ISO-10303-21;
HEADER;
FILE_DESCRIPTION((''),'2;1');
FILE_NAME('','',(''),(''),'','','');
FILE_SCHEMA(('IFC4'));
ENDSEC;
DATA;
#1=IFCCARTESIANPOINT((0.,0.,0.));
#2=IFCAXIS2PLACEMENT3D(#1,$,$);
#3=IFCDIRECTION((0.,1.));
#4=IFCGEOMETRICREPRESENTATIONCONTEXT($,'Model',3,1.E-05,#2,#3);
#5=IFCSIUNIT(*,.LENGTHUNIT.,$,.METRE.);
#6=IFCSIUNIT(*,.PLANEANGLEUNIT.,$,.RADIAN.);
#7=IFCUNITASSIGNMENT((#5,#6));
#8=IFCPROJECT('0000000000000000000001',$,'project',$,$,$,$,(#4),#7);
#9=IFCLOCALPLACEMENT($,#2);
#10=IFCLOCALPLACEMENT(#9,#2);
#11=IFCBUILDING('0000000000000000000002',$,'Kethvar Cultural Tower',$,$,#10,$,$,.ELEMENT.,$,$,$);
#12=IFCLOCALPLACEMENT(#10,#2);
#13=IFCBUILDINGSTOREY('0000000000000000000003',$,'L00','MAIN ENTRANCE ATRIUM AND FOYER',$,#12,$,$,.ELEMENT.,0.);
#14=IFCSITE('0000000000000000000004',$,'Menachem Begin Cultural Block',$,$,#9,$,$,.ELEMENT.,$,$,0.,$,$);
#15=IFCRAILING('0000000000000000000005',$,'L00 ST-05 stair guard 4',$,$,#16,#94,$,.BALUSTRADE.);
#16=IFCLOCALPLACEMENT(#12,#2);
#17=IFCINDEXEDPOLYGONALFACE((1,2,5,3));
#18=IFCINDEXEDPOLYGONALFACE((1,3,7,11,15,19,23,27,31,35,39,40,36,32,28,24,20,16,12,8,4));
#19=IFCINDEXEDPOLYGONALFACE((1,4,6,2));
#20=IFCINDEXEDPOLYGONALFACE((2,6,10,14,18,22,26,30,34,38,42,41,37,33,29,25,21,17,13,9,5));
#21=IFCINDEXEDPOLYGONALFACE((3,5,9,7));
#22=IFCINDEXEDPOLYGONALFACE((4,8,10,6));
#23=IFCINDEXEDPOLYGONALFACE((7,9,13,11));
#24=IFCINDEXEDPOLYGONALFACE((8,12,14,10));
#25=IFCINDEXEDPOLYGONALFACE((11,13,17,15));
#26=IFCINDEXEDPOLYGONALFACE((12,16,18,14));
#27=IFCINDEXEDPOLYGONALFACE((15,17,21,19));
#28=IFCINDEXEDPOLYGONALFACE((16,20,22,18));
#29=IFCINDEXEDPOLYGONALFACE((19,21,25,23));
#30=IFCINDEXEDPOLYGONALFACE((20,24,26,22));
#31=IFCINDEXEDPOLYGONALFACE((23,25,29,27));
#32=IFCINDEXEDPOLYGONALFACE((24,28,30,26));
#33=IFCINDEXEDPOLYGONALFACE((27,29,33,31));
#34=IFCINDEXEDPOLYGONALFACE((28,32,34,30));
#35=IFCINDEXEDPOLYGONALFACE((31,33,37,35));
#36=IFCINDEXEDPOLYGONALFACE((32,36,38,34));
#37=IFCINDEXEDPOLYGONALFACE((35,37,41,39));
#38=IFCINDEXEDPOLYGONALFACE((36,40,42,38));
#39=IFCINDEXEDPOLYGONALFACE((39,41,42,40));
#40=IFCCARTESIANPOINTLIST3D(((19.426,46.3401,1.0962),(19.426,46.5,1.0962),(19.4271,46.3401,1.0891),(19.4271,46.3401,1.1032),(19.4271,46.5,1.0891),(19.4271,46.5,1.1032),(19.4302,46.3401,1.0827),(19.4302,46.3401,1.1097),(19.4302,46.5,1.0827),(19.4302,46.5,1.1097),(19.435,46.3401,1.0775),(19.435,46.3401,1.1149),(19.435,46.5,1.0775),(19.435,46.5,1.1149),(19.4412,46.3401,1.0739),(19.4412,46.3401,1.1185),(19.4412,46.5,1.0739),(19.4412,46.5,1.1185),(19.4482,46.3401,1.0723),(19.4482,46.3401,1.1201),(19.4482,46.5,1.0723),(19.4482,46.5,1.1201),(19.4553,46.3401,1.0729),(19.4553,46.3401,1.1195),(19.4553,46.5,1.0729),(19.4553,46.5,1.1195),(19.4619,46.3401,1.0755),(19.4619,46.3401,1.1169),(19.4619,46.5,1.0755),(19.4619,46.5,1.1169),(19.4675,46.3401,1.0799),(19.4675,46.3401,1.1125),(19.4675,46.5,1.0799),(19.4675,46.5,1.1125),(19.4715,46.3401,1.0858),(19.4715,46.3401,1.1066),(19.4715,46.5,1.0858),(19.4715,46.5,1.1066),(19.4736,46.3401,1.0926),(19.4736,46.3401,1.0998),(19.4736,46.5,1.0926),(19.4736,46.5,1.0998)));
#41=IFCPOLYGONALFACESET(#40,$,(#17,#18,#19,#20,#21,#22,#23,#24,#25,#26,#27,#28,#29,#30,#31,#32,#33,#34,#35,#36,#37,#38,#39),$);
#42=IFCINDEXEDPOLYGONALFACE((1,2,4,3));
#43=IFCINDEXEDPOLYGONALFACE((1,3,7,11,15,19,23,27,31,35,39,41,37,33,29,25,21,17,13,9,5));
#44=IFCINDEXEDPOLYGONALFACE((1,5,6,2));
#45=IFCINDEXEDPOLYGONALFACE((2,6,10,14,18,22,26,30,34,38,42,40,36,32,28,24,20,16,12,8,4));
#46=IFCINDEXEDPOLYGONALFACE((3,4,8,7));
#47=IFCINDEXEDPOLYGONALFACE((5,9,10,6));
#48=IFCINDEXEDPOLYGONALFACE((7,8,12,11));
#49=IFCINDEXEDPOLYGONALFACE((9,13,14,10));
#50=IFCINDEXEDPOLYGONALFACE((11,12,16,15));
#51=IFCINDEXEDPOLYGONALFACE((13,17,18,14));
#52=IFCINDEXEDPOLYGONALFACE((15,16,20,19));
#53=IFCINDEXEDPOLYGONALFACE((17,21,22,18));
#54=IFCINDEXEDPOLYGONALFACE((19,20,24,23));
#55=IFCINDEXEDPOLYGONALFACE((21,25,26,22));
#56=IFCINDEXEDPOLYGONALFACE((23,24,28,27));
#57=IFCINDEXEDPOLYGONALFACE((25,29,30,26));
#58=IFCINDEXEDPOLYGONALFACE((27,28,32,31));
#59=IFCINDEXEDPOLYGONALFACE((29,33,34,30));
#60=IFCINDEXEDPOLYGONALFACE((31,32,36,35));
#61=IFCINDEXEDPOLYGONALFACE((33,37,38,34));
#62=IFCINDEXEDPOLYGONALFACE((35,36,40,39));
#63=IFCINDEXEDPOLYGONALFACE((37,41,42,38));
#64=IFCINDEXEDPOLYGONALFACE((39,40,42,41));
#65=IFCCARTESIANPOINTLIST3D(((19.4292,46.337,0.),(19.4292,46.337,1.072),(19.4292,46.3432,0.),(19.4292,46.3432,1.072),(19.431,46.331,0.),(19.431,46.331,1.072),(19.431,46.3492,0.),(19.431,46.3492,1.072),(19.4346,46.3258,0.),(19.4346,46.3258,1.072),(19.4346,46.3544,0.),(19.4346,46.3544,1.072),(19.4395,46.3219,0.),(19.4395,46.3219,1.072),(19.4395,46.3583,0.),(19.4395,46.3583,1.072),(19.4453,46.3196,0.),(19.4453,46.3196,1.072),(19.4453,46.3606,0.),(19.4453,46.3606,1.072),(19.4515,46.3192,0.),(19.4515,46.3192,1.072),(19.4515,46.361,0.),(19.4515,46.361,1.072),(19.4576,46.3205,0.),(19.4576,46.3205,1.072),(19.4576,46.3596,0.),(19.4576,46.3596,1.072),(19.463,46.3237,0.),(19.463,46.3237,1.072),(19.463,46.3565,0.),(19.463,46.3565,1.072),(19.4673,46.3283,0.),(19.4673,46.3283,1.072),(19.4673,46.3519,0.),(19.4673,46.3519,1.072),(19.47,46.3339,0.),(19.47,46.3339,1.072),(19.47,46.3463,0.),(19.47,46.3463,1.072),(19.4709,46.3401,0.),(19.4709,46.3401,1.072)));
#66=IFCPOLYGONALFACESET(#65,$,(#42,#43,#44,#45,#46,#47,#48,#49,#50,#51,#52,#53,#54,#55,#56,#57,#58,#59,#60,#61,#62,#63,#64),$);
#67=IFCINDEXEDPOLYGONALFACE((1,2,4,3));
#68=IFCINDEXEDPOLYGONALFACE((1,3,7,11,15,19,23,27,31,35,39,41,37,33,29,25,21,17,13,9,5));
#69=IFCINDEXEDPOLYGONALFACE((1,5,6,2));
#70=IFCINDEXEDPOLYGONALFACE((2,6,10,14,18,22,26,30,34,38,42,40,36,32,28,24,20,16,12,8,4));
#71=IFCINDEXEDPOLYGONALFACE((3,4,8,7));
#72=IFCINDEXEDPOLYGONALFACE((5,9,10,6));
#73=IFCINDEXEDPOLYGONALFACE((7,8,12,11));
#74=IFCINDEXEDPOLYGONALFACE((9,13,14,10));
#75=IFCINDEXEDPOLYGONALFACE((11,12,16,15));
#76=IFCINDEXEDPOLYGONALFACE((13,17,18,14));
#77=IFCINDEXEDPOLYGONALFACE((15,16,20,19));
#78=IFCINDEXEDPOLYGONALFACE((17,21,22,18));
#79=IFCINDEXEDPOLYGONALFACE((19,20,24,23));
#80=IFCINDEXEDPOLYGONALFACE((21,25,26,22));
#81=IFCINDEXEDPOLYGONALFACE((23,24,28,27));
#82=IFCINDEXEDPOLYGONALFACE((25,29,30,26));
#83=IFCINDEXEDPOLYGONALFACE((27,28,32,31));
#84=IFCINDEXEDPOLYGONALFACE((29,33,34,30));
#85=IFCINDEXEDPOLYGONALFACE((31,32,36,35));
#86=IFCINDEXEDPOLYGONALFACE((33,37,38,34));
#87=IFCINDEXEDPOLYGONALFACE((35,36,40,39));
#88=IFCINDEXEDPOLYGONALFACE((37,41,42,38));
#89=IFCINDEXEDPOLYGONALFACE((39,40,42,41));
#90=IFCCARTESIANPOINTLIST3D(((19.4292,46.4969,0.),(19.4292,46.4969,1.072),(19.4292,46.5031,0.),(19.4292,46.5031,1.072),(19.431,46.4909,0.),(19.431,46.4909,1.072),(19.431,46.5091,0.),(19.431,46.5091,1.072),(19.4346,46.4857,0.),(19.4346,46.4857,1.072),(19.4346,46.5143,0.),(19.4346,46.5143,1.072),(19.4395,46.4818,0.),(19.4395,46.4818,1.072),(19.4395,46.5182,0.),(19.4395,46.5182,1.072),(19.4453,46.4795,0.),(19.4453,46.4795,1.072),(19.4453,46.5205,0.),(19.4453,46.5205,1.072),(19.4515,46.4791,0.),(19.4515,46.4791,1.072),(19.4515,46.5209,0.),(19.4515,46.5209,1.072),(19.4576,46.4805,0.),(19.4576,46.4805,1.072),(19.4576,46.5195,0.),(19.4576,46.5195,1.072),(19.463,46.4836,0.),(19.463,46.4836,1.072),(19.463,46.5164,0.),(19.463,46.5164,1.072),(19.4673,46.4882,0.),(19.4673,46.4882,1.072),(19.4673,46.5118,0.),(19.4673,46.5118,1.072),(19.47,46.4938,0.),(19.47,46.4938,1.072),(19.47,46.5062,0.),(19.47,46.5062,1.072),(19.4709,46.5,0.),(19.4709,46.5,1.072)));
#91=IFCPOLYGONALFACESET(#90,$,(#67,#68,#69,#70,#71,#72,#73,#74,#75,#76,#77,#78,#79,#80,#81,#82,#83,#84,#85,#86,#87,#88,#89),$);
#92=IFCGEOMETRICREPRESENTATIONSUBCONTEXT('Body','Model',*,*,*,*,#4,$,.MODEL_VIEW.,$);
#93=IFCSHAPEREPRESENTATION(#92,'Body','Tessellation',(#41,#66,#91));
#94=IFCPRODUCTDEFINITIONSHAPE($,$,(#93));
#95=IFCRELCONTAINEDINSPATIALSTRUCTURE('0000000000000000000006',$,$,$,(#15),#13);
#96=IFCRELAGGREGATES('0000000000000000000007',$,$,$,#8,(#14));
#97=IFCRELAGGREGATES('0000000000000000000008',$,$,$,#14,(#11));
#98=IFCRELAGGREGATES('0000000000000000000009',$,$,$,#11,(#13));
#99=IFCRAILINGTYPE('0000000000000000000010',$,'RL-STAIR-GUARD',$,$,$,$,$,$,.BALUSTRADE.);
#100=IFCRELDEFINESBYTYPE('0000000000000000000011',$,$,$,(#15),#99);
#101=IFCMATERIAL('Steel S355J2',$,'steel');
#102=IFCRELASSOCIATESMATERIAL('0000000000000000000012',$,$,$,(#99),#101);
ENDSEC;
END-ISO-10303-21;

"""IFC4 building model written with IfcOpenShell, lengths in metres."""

from ifc_helpers import new_model, si_unit, direction, frame, origin, origin_2d, place, context, subcontext, project, spatial, circle, extrude, material, type_object, element, save


model = new_model("IFC4")

# Units and contexts
model_context = context("Model", 3, precision=1e-05, world=origin(), true_north=direction((0.0, 1.0)))
body_context = subcontext(model_context, "Body", "Model", "MODEL_VIEW")
ifc_project = project(units=[si_unit("LENGTHUNIT", "METRE"), si_unit("PLANEANGLEUNIT", "RADIAN")], contexts=[model_context])

# Site, building, storey
site_placement = place(None, origin())
site = spatial("IfcSite", under=ifc_project, at=site_placement, Name="Menachem Begin Cultural Block", CompositionType="ELEMENT", RefElevation=0.0)
building_placement = place(site_placement, origin())
building = spatial("IfcBuilding", under=site, at=building_placement, Name="Kethvar Cultural Tower", CompositionType="ELEMENT")
storey_placement = place(building_placement, origin())
storey = spatial("IfcBuildingStorey", under=building, at=storey_placement, Name="L00", Description="MAIN ENTRANCE ATRIUM AND FOYER", CompositionType="ELEMENT", Elevation=0.0)

# Shared definitions
ifc_material_1 = material(Name="Steel S355J2", Category="steel")

# Railing
railing_type_1 = type_object("IfcRailingType", Name="RL-STAIR-GUARD", PredefinedType="BALUSTRADE", material=ifc_material_1)
railing_1_placement = place(storey_placement, frame((19.45, 46.3401, 0.0)))
element("IfcRailing", 1, at=railing_1_placement, inside=storey, type_object=railing_type_1, Name="L00 ST-05 stair guard 4", PredefinedType="BALUSTRADE", context=body_context, shape_type="SweptSolid", body=[
    extrude(circle(Radius=0.0239, at=origin_2d()), frame((0.0, 0.0, 1.0962), z_axis=(0.0, 1.0, 0.0), x_axis=(-1.0, 0.0, 0.0)), (0.0, 0.0, 1.0), 0.1599),
    extrude(circle(Radius=0.021, at=origin_2d()), origin(), (0.0, 0.0, 1.0), 1.072),
    extrude(circle(Radius=0.021, at=origin_2d()), frame((0.0, 0.1599, 0.0)), (0.0, 0.0, 1.0), 1.072),
])

save(model, "model.ifc")
